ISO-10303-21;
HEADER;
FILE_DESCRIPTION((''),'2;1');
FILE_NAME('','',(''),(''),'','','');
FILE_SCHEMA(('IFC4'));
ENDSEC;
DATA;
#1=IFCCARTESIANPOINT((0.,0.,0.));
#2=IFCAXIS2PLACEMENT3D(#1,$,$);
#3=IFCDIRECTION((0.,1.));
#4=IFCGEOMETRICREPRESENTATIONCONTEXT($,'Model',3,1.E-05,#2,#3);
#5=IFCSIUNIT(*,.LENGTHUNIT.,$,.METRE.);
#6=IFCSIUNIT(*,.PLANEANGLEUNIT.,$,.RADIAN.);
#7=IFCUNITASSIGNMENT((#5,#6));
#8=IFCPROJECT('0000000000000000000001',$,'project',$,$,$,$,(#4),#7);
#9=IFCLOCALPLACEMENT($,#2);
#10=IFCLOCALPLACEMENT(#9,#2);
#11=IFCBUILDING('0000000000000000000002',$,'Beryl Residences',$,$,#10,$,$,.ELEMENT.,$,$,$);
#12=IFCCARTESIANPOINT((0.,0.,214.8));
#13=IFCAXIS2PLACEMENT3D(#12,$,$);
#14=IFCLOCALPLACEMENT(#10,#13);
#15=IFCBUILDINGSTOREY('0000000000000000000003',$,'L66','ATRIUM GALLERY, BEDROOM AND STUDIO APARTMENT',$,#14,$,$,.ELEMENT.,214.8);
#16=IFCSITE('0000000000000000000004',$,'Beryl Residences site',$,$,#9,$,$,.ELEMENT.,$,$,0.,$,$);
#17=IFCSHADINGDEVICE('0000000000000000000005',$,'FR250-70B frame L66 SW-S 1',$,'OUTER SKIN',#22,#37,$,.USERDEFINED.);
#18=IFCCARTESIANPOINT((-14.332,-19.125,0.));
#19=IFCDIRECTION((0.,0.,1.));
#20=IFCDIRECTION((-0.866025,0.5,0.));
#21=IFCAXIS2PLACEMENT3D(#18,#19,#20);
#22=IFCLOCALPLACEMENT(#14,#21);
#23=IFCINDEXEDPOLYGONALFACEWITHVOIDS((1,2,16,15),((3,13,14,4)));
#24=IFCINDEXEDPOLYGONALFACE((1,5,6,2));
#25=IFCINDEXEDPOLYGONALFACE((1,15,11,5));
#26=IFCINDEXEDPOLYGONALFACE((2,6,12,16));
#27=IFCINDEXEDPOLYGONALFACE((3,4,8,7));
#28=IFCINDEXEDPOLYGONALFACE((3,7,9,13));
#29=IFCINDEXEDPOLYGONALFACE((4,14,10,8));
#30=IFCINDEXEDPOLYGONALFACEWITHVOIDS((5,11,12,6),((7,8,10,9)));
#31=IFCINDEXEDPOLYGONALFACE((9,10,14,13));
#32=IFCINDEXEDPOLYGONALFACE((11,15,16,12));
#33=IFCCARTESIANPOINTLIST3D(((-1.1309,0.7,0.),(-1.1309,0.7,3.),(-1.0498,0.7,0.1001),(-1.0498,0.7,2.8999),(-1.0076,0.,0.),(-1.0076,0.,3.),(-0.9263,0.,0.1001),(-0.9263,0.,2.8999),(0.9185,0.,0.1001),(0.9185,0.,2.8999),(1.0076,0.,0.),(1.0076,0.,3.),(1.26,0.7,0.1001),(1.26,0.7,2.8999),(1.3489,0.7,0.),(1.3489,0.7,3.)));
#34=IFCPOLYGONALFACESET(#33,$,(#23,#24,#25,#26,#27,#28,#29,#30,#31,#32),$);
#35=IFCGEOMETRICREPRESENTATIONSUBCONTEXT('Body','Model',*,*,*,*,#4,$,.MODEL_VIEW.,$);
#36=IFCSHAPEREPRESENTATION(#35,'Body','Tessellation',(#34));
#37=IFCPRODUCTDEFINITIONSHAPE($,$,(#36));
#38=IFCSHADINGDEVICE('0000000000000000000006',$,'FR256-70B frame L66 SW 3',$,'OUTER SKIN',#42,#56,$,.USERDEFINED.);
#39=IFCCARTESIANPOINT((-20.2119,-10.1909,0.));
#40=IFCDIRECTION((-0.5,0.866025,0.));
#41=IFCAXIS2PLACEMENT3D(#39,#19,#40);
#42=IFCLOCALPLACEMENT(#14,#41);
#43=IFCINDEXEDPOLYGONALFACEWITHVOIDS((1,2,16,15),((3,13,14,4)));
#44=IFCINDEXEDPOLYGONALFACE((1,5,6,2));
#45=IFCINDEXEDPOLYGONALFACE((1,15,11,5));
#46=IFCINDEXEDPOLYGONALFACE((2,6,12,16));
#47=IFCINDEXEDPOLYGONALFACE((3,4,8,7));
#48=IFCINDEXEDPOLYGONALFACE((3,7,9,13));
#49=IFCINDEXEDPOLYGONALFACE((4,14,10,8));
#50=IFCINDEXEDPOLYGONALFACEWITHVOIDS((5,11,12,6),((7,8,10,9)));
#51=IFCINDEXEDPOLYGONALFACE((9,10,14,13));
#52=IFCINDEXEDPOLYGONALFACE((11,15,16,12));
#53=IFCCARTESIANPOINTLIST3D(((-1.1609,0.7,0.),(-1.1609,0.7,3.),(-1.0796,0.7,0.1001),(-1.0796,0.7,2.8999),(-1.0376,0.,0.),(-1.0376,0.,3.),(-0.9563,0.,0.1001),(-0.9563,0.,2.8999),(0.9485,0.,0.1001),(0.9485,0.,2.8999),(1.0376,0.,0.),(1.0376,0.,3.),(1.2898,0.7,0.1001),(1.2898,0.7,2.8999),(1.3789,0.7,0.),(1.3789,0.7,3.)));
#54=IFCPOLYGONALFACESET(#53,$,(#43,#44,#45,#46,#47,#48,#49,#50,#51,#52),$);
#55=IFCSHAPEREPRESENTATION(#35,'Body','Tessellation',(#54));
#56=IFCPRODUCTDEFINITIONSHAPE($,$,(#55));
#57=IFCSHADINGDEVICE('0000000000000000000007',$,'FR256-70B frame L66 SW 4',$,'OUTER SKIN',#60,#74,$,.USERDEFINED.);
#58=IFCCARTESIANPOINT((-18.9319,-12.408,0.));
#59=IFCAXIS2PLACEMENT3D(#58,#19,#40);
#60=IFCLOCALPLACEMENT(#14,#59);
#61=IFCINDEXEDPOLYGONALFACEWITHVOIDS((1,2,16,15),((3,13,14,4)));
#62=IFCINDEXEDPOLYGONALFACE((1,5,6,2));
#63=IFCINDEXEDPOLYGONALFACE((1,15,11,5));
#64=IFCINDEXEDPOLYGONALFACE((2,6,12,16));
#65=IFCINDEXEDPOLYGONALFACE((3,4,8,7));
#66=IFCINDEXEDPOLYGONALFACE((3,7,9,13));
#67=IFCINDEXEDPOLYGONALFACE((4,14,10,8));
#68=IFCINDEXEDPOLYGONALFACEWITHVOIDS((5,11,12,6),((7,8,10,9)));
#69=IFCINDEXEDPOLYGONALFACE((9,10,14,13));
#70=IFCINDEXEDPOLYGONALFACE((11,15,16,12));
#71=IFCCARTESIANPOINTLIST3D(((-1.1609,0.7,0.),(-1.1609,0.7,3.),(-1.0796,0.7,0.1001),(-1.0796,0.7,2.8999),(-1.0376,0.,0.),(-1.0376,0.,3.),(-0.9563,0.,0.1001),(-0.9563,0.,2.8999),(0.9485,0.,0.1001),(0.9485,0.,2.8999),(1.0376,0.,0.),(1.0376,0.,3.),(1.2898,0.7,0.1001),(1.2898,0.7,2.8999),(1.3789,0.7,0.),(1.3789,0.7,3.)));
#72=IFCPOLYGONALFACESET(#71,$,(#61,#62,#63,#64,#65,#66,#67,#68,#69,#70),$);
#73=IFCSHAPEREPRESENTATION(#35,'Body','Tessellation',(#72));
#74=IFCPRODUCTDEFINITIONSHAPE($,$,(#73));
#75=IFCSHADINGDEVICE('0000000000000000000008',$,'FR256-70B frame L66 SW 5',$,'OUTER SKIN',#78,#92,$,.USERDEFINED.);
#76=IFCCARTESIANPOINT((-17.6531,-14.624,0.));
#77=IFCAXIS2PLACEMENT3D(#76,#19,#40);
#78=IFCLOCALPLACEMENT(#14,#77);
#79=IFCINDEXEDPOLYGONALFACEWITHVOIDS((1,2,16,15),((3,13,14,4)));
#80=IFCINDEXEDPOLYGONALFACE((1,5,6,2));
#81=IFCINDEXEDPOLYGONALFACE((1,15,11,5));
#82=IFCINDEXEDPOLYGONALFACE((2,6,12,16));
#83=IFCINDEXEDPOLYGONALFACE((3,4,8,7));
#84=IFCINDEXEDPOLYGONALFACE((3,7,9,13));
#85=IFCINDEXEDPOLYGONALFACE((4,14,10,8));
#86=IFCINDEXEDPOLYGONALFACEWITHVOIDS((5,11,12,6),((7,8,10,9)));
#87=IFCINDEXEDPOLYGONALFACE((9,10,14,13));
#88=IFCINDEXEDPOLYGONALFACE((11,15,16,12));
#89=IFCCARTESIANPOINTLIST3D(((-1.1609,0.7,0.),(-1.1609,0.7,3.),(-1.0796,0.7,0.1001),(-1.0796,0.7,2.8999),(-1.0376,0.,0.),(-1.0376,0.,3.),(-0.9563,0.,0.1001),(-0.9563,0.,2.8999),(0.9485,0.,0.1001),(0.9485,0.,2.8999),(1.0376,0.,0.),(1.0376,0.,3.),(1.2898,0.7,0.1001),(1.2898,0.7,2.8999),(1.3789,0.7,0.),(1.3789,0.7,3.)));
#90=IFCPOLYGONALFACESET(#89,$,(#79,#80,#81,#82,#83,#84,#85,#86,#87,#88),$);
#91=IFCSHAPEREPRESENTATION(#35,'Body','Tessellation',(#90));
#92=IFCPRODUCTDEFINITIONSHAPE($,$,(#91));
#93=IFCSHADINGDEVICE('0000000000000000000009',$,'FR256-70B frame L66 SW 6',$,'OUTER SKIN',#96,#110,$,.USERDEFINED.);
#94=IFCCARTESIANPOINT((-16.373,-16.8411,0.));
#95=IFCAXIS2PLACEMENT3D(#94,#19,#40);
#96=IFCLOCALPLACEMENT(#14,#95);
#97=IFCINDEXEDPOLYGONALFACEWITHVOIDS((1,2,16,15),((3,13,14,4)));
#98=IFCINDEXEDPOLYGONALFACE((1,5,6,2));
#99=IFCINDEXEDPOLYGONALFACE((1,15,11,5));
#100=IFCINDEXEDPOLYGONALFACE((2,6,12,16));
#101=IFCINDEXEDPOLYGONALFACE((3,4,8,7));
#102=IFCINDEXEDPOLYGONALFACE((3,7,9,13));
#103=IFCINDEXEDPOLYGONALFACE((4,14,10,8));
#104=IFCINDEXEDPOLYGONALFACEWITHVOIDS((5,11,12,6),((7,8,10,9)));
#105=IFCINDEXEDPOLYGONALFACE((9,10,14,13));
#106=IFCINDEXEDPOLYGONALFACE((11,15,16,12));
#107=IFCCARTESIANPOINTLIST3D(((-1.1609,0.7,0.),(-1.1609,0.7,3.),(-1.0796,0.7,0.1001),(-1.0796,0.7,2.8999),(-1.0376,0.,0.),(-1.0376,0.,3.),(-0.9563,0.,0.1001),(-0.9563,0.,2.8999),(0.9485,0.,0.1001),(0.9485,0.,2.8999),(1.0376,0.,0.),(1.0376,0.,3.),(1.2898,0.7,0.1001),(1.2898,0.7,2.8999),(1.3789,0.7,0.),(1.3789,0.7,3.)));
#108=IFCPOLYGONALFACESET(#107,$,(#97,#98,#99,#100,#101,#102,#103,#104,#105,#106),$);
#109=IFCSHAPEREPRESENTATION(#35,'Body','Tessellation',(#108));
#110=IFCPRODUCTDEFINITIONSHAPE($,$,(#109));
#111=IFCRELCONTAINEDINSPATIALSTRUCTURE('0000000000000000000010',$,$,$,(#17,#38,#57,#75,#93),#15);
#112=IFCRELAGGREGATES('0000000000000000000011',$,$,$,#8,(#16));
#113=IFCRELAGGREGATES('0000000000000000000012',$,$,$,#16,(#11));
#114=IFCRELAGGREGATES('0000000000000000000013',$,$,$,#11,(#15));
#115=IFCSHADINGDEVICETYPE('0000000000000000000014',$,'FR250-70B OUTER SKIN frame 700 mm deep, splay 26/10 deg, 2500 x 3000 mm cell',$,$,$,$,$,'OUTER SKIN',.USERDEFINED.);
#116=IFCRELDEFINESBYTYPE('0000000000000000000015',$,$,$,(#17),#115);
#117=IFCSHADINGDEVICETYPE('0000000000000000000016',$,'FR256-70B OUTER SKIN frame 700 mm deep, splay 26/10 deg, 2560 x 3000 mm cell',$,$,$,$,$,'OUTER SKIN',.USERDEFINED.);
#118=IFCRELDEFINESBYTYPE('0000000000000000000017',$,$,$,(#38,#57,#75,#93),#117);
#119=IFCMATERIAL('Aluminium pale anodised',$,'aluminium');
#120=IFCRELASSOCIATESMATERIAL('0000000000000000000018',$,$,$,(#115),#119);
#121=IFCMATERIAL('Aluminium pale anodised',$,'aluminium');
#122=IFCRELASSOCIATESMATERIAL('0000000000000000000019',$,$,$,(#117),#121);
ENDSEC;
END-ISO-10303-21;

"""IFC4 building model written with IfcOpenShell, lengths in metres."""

from ifc_helpers import new_model, entity, si_unit, direction, frame, origin, place, context, subcontext, project, spatial, source, transform, mapped, material, type_object, type_shapes, element, save


model = new_model("IFC4")

# Units and contexts
model_context = context("Model", 3, precision=1e-05, world=origin(), true_north=direction((0.0, 1.0)))
body_context = subcontext(model_context, "Body", "Model", "MODEL_VIEW")
ifc_project = project(units=[si_unit("LENGTHUNIT", "METRE"), si_unit("PLANEANGLEUNIT", "RADIAN")], contexts=[model_context])

# Site, building, storey
site_placement = place(None, origin())
site = spatial("IfcSite", under=ifc_project, at=site_placement, Name="Beryl Residences site", CompositionType="ELEMENT", RefElevation=0.0)
building_placement = place(site_placement, origin())
building = spatial("IfcBuilding", under=site, at=building_placement, Name="Beryl Residences", CompositionType="ELEMENT")
storey_placement = place(building_placement, frame((0.0, 0.0, 214.8)))
storey = spatial("IfcBuildingStorey", under=building, at=storey_placement, Name="L66", Description="ATRIUM GALLERY, BEDROOM AND STUDIO APARTMENT", CompositionType="ELEMENT", Elevation=214.8)

# Shading devices
ifc_material_1 = material(Name="Aluminium pale anodised", Category="aluminium")
shading_device_type_1 = type_object("IfcShadingDeviceType", Name="FR250-70B OUTER SKIN frame 700 mm deep, splay 26/10 deg, 2500 x 3000 mm cell", ElementType="OUTER SKIN", PredefinedType="USERDEFINED", material=ifc_material_1)
cartesian_point_1 = entity("IfcCartesianPoint", [-1.0076, 0.0])
cartesian_point_2 = entity("IfcCartesianPoint", [-0.9185, 0.1001])
cartesian_point_3 = entity("IfcCartesianPoint", [-1.3489, 0.0])
cartesian_point_4 = entity("IfcCartesianPoint", [-1.26, 0.1001])
shared_shape_1 = source(origin(), body_context, "Body", "SweptSolid", [
    entity("IfcExtrudedAreaSolidTapered", entity("IfcArbitraryProfileDefWithVoids", "AREA", None, entity("IfcPolyline", [cartesian_point_1, entity("IfcCartesianPoint", [1.0076, 0.0]), entity("IfcCartesianPoint", [1.0076, 3.0]), entity("IfcCartesianPoint", [-1.0076, 3.0]), cartesian_point_1]), [entity("IfcPolyline", [cartesian_point_2, entity("IfcCartesianPoint", [0.9263, 0.1001]), entity("IfcCartesianPoint", [0.9263, 2.8999]), entity("IfcCartesianPoint", [-0.9185, 2.8999]), cartesian_point_2])]), entity("IfcAxis2Placement3D", entity("IfcCartesianPoint", [0.0, 0.0, 0.0]), entity("IfcDirection", [0.0, 1.0, 0.0]), entity("IfcDirection", [-1.0, 0.0, 0.0])), entity("IfcDirection", [0.0, 0.0, 1.0]), 0.7, entity("IfcArbitraryProfileDefWithVoids", "AREA", None, entity("IfcPolyline", [cartesian_point_3, entity("IfcCartesianPoint", [1.1309, 0.0]), entity("IfcCartesianPoint", [1.1309, 3.0]), entity("IfcCartesianPoint", [-1.3489, 3.0]), cartesian_point_3]), [entity("IfcPolyline", [cartesian_point_4, entity("IfcCartesianPoint", [1.0498, 0.1001]), entity("IfcCartesianPoint", [1.0498, 2.8999]), entity("IfcCartesianPoint", [-1.26, 2.8999]), cartesian_point_4])])),
])
type_shapes(shading_device_type_1, [shared_shape_1])
shading_device_placement = place(storey_placement, frame((-14.332, -19.125, 0.0), z_axis=(0.0, 0.0, 1.0), x_axis=(-0.866025, 0.5, 0.0)))
element("IfcShadingDevice", 1, at=shading_device_placement, inside=storey, type_object=shading_device_type_1, Name="FR250-70B frame L66 SW-S 1", ObjectType="OUTER SKIN", PredefinedType="USERDEFINED", context=body_context, shape_type="MappedRepresentation", body=[
    mapped(shared_shape_1, transform((0.0, 0.0, 0.0))),
])
ifc_material_2 = material(Name="Aluminium pale anodised", Category="aluminium")
shading_device_type_2 = type_object("IfcShadingDeviceType", Name="FR256-70B OUTER SKIN frame 700 mm deep, splay 26/10 deg, 2560 x 3000 mm cell", ElementType="OUTER SKIN", PredefinedType="USERDEFINED", material=ifc_material_2)
cartesian_point_5 = entity("IfcCartesianPoint", [-1.0376, 0.0])
cartesian_point_6 = entity("IfcCartesianPoint", [-0.9485, 0.1001])
cartesian_point_7 = entity("IfcCartesianPoint", [-1.3789, 0.0])
cartesian_point_8 = entity("IfcCartesianPoint", [-1.2898, 0.1001])
shared_shape_2 = source(origin(), body_context, "Body", "SweptSolid", [
    entity("IfcExtrudedAreaSolidTapered", entity("IfcArbitraryProfileDefWithVoids", "AREA", None, entity("IfcPolyline", [cartesian_point_5, entity("IfcCartesianPoint", [1.0376, 0.0]), entity("IfcCartesianPoint", [1.0376, 3.0]), entity("IfcCartesianPoint", [-1.0376, 3.0]), cartesian_point_5]), [entity("IfcPolyline", [cartesian_point_6, entity("IfcCartesianPoint", [0.9563, 0.1001]), entity("IfcCartesianPoint", [0.9563, 2.8999]), entity("IfcCartesianPoint", [-0.9485, 2.8999]), cartesian_point_6])]), entity("IfcAxis2Placement3D", entity("IfcCartesianPoint", [0.0, 0.0, 0.0]), entity("IfcDirection", [0.0, 1.0, 0.0]), entity("IfcDirection", [-1.0, 0.0, 0.0])), entity("IfcDirection", [0.0, 0.0, 1.0]), 0.7, entity("IfcArbitraryProfileDefWithVoids", "AREA", None, entity("IfcPolyline", [cartesian_point_7, entity("IfcCartesianPoint", [1.1609, 0.0]), entity("IfcCartesianPoint", [1.1609, 3.0]), entity("IfcCartesianPoint", [-1.3789, 3.0]), cartesian_point_7]), [entity("IfcPolyline", [cartesian_point_8, entity("IfcCartesianPoint", [1.0796, 0.1001]), entity("IfcCartesianPoint", [1.0796, 2.8999]), entity("IfcCartesianPoint", [-1.2898, 2.8999]), cartesian_point_8])])),
])
type_shapes(shading_device_type_2, [shared_shape_2])
for number, where, z_axis, x_axis, name in (
    (2, (-20.2119, -10.1909, 0.0), (0.0, 0.0, 1.0), (-0.5, 0.866025, 0.0), "FR256-70B frame L66 SW 3"),
    (3, (-18.9319, -12.408, 0.0), (0.0, 0.0, 1.0), (-0.5, 0.866025, 0.0), "FR256-70B frame L66 SW 4"),
    (4, (-17.6531, -14.624, 0.0), (0.0, 0.0, 1.0), (-0.5, 0.866025, 0.0), "FR256-70B frame L66 SW 5"),
    (5, (-16.373, -16.8411, 0.0), (0.0, 0.0, 1.0), (-0.5, 0.866025, 0.0), "FR256-70B frame L66 SW 6"),
):
    element("IfcShadingDevice", number, at=place(storey_placement, frame(where, z_axis=z_axis, x_axis=x_axis)), inside=storey, type_object=shading_device_type_2, Name=name, ObjectType="OUTER SKIN", PredefinedType="USERDEFINED", context=body_context, shape_type="MappedRepresentation", body=[
        mapped(shared_shape_2, transform((0.0, 0.0, 0.0))),
    ])

save(model, "model.ifc")
